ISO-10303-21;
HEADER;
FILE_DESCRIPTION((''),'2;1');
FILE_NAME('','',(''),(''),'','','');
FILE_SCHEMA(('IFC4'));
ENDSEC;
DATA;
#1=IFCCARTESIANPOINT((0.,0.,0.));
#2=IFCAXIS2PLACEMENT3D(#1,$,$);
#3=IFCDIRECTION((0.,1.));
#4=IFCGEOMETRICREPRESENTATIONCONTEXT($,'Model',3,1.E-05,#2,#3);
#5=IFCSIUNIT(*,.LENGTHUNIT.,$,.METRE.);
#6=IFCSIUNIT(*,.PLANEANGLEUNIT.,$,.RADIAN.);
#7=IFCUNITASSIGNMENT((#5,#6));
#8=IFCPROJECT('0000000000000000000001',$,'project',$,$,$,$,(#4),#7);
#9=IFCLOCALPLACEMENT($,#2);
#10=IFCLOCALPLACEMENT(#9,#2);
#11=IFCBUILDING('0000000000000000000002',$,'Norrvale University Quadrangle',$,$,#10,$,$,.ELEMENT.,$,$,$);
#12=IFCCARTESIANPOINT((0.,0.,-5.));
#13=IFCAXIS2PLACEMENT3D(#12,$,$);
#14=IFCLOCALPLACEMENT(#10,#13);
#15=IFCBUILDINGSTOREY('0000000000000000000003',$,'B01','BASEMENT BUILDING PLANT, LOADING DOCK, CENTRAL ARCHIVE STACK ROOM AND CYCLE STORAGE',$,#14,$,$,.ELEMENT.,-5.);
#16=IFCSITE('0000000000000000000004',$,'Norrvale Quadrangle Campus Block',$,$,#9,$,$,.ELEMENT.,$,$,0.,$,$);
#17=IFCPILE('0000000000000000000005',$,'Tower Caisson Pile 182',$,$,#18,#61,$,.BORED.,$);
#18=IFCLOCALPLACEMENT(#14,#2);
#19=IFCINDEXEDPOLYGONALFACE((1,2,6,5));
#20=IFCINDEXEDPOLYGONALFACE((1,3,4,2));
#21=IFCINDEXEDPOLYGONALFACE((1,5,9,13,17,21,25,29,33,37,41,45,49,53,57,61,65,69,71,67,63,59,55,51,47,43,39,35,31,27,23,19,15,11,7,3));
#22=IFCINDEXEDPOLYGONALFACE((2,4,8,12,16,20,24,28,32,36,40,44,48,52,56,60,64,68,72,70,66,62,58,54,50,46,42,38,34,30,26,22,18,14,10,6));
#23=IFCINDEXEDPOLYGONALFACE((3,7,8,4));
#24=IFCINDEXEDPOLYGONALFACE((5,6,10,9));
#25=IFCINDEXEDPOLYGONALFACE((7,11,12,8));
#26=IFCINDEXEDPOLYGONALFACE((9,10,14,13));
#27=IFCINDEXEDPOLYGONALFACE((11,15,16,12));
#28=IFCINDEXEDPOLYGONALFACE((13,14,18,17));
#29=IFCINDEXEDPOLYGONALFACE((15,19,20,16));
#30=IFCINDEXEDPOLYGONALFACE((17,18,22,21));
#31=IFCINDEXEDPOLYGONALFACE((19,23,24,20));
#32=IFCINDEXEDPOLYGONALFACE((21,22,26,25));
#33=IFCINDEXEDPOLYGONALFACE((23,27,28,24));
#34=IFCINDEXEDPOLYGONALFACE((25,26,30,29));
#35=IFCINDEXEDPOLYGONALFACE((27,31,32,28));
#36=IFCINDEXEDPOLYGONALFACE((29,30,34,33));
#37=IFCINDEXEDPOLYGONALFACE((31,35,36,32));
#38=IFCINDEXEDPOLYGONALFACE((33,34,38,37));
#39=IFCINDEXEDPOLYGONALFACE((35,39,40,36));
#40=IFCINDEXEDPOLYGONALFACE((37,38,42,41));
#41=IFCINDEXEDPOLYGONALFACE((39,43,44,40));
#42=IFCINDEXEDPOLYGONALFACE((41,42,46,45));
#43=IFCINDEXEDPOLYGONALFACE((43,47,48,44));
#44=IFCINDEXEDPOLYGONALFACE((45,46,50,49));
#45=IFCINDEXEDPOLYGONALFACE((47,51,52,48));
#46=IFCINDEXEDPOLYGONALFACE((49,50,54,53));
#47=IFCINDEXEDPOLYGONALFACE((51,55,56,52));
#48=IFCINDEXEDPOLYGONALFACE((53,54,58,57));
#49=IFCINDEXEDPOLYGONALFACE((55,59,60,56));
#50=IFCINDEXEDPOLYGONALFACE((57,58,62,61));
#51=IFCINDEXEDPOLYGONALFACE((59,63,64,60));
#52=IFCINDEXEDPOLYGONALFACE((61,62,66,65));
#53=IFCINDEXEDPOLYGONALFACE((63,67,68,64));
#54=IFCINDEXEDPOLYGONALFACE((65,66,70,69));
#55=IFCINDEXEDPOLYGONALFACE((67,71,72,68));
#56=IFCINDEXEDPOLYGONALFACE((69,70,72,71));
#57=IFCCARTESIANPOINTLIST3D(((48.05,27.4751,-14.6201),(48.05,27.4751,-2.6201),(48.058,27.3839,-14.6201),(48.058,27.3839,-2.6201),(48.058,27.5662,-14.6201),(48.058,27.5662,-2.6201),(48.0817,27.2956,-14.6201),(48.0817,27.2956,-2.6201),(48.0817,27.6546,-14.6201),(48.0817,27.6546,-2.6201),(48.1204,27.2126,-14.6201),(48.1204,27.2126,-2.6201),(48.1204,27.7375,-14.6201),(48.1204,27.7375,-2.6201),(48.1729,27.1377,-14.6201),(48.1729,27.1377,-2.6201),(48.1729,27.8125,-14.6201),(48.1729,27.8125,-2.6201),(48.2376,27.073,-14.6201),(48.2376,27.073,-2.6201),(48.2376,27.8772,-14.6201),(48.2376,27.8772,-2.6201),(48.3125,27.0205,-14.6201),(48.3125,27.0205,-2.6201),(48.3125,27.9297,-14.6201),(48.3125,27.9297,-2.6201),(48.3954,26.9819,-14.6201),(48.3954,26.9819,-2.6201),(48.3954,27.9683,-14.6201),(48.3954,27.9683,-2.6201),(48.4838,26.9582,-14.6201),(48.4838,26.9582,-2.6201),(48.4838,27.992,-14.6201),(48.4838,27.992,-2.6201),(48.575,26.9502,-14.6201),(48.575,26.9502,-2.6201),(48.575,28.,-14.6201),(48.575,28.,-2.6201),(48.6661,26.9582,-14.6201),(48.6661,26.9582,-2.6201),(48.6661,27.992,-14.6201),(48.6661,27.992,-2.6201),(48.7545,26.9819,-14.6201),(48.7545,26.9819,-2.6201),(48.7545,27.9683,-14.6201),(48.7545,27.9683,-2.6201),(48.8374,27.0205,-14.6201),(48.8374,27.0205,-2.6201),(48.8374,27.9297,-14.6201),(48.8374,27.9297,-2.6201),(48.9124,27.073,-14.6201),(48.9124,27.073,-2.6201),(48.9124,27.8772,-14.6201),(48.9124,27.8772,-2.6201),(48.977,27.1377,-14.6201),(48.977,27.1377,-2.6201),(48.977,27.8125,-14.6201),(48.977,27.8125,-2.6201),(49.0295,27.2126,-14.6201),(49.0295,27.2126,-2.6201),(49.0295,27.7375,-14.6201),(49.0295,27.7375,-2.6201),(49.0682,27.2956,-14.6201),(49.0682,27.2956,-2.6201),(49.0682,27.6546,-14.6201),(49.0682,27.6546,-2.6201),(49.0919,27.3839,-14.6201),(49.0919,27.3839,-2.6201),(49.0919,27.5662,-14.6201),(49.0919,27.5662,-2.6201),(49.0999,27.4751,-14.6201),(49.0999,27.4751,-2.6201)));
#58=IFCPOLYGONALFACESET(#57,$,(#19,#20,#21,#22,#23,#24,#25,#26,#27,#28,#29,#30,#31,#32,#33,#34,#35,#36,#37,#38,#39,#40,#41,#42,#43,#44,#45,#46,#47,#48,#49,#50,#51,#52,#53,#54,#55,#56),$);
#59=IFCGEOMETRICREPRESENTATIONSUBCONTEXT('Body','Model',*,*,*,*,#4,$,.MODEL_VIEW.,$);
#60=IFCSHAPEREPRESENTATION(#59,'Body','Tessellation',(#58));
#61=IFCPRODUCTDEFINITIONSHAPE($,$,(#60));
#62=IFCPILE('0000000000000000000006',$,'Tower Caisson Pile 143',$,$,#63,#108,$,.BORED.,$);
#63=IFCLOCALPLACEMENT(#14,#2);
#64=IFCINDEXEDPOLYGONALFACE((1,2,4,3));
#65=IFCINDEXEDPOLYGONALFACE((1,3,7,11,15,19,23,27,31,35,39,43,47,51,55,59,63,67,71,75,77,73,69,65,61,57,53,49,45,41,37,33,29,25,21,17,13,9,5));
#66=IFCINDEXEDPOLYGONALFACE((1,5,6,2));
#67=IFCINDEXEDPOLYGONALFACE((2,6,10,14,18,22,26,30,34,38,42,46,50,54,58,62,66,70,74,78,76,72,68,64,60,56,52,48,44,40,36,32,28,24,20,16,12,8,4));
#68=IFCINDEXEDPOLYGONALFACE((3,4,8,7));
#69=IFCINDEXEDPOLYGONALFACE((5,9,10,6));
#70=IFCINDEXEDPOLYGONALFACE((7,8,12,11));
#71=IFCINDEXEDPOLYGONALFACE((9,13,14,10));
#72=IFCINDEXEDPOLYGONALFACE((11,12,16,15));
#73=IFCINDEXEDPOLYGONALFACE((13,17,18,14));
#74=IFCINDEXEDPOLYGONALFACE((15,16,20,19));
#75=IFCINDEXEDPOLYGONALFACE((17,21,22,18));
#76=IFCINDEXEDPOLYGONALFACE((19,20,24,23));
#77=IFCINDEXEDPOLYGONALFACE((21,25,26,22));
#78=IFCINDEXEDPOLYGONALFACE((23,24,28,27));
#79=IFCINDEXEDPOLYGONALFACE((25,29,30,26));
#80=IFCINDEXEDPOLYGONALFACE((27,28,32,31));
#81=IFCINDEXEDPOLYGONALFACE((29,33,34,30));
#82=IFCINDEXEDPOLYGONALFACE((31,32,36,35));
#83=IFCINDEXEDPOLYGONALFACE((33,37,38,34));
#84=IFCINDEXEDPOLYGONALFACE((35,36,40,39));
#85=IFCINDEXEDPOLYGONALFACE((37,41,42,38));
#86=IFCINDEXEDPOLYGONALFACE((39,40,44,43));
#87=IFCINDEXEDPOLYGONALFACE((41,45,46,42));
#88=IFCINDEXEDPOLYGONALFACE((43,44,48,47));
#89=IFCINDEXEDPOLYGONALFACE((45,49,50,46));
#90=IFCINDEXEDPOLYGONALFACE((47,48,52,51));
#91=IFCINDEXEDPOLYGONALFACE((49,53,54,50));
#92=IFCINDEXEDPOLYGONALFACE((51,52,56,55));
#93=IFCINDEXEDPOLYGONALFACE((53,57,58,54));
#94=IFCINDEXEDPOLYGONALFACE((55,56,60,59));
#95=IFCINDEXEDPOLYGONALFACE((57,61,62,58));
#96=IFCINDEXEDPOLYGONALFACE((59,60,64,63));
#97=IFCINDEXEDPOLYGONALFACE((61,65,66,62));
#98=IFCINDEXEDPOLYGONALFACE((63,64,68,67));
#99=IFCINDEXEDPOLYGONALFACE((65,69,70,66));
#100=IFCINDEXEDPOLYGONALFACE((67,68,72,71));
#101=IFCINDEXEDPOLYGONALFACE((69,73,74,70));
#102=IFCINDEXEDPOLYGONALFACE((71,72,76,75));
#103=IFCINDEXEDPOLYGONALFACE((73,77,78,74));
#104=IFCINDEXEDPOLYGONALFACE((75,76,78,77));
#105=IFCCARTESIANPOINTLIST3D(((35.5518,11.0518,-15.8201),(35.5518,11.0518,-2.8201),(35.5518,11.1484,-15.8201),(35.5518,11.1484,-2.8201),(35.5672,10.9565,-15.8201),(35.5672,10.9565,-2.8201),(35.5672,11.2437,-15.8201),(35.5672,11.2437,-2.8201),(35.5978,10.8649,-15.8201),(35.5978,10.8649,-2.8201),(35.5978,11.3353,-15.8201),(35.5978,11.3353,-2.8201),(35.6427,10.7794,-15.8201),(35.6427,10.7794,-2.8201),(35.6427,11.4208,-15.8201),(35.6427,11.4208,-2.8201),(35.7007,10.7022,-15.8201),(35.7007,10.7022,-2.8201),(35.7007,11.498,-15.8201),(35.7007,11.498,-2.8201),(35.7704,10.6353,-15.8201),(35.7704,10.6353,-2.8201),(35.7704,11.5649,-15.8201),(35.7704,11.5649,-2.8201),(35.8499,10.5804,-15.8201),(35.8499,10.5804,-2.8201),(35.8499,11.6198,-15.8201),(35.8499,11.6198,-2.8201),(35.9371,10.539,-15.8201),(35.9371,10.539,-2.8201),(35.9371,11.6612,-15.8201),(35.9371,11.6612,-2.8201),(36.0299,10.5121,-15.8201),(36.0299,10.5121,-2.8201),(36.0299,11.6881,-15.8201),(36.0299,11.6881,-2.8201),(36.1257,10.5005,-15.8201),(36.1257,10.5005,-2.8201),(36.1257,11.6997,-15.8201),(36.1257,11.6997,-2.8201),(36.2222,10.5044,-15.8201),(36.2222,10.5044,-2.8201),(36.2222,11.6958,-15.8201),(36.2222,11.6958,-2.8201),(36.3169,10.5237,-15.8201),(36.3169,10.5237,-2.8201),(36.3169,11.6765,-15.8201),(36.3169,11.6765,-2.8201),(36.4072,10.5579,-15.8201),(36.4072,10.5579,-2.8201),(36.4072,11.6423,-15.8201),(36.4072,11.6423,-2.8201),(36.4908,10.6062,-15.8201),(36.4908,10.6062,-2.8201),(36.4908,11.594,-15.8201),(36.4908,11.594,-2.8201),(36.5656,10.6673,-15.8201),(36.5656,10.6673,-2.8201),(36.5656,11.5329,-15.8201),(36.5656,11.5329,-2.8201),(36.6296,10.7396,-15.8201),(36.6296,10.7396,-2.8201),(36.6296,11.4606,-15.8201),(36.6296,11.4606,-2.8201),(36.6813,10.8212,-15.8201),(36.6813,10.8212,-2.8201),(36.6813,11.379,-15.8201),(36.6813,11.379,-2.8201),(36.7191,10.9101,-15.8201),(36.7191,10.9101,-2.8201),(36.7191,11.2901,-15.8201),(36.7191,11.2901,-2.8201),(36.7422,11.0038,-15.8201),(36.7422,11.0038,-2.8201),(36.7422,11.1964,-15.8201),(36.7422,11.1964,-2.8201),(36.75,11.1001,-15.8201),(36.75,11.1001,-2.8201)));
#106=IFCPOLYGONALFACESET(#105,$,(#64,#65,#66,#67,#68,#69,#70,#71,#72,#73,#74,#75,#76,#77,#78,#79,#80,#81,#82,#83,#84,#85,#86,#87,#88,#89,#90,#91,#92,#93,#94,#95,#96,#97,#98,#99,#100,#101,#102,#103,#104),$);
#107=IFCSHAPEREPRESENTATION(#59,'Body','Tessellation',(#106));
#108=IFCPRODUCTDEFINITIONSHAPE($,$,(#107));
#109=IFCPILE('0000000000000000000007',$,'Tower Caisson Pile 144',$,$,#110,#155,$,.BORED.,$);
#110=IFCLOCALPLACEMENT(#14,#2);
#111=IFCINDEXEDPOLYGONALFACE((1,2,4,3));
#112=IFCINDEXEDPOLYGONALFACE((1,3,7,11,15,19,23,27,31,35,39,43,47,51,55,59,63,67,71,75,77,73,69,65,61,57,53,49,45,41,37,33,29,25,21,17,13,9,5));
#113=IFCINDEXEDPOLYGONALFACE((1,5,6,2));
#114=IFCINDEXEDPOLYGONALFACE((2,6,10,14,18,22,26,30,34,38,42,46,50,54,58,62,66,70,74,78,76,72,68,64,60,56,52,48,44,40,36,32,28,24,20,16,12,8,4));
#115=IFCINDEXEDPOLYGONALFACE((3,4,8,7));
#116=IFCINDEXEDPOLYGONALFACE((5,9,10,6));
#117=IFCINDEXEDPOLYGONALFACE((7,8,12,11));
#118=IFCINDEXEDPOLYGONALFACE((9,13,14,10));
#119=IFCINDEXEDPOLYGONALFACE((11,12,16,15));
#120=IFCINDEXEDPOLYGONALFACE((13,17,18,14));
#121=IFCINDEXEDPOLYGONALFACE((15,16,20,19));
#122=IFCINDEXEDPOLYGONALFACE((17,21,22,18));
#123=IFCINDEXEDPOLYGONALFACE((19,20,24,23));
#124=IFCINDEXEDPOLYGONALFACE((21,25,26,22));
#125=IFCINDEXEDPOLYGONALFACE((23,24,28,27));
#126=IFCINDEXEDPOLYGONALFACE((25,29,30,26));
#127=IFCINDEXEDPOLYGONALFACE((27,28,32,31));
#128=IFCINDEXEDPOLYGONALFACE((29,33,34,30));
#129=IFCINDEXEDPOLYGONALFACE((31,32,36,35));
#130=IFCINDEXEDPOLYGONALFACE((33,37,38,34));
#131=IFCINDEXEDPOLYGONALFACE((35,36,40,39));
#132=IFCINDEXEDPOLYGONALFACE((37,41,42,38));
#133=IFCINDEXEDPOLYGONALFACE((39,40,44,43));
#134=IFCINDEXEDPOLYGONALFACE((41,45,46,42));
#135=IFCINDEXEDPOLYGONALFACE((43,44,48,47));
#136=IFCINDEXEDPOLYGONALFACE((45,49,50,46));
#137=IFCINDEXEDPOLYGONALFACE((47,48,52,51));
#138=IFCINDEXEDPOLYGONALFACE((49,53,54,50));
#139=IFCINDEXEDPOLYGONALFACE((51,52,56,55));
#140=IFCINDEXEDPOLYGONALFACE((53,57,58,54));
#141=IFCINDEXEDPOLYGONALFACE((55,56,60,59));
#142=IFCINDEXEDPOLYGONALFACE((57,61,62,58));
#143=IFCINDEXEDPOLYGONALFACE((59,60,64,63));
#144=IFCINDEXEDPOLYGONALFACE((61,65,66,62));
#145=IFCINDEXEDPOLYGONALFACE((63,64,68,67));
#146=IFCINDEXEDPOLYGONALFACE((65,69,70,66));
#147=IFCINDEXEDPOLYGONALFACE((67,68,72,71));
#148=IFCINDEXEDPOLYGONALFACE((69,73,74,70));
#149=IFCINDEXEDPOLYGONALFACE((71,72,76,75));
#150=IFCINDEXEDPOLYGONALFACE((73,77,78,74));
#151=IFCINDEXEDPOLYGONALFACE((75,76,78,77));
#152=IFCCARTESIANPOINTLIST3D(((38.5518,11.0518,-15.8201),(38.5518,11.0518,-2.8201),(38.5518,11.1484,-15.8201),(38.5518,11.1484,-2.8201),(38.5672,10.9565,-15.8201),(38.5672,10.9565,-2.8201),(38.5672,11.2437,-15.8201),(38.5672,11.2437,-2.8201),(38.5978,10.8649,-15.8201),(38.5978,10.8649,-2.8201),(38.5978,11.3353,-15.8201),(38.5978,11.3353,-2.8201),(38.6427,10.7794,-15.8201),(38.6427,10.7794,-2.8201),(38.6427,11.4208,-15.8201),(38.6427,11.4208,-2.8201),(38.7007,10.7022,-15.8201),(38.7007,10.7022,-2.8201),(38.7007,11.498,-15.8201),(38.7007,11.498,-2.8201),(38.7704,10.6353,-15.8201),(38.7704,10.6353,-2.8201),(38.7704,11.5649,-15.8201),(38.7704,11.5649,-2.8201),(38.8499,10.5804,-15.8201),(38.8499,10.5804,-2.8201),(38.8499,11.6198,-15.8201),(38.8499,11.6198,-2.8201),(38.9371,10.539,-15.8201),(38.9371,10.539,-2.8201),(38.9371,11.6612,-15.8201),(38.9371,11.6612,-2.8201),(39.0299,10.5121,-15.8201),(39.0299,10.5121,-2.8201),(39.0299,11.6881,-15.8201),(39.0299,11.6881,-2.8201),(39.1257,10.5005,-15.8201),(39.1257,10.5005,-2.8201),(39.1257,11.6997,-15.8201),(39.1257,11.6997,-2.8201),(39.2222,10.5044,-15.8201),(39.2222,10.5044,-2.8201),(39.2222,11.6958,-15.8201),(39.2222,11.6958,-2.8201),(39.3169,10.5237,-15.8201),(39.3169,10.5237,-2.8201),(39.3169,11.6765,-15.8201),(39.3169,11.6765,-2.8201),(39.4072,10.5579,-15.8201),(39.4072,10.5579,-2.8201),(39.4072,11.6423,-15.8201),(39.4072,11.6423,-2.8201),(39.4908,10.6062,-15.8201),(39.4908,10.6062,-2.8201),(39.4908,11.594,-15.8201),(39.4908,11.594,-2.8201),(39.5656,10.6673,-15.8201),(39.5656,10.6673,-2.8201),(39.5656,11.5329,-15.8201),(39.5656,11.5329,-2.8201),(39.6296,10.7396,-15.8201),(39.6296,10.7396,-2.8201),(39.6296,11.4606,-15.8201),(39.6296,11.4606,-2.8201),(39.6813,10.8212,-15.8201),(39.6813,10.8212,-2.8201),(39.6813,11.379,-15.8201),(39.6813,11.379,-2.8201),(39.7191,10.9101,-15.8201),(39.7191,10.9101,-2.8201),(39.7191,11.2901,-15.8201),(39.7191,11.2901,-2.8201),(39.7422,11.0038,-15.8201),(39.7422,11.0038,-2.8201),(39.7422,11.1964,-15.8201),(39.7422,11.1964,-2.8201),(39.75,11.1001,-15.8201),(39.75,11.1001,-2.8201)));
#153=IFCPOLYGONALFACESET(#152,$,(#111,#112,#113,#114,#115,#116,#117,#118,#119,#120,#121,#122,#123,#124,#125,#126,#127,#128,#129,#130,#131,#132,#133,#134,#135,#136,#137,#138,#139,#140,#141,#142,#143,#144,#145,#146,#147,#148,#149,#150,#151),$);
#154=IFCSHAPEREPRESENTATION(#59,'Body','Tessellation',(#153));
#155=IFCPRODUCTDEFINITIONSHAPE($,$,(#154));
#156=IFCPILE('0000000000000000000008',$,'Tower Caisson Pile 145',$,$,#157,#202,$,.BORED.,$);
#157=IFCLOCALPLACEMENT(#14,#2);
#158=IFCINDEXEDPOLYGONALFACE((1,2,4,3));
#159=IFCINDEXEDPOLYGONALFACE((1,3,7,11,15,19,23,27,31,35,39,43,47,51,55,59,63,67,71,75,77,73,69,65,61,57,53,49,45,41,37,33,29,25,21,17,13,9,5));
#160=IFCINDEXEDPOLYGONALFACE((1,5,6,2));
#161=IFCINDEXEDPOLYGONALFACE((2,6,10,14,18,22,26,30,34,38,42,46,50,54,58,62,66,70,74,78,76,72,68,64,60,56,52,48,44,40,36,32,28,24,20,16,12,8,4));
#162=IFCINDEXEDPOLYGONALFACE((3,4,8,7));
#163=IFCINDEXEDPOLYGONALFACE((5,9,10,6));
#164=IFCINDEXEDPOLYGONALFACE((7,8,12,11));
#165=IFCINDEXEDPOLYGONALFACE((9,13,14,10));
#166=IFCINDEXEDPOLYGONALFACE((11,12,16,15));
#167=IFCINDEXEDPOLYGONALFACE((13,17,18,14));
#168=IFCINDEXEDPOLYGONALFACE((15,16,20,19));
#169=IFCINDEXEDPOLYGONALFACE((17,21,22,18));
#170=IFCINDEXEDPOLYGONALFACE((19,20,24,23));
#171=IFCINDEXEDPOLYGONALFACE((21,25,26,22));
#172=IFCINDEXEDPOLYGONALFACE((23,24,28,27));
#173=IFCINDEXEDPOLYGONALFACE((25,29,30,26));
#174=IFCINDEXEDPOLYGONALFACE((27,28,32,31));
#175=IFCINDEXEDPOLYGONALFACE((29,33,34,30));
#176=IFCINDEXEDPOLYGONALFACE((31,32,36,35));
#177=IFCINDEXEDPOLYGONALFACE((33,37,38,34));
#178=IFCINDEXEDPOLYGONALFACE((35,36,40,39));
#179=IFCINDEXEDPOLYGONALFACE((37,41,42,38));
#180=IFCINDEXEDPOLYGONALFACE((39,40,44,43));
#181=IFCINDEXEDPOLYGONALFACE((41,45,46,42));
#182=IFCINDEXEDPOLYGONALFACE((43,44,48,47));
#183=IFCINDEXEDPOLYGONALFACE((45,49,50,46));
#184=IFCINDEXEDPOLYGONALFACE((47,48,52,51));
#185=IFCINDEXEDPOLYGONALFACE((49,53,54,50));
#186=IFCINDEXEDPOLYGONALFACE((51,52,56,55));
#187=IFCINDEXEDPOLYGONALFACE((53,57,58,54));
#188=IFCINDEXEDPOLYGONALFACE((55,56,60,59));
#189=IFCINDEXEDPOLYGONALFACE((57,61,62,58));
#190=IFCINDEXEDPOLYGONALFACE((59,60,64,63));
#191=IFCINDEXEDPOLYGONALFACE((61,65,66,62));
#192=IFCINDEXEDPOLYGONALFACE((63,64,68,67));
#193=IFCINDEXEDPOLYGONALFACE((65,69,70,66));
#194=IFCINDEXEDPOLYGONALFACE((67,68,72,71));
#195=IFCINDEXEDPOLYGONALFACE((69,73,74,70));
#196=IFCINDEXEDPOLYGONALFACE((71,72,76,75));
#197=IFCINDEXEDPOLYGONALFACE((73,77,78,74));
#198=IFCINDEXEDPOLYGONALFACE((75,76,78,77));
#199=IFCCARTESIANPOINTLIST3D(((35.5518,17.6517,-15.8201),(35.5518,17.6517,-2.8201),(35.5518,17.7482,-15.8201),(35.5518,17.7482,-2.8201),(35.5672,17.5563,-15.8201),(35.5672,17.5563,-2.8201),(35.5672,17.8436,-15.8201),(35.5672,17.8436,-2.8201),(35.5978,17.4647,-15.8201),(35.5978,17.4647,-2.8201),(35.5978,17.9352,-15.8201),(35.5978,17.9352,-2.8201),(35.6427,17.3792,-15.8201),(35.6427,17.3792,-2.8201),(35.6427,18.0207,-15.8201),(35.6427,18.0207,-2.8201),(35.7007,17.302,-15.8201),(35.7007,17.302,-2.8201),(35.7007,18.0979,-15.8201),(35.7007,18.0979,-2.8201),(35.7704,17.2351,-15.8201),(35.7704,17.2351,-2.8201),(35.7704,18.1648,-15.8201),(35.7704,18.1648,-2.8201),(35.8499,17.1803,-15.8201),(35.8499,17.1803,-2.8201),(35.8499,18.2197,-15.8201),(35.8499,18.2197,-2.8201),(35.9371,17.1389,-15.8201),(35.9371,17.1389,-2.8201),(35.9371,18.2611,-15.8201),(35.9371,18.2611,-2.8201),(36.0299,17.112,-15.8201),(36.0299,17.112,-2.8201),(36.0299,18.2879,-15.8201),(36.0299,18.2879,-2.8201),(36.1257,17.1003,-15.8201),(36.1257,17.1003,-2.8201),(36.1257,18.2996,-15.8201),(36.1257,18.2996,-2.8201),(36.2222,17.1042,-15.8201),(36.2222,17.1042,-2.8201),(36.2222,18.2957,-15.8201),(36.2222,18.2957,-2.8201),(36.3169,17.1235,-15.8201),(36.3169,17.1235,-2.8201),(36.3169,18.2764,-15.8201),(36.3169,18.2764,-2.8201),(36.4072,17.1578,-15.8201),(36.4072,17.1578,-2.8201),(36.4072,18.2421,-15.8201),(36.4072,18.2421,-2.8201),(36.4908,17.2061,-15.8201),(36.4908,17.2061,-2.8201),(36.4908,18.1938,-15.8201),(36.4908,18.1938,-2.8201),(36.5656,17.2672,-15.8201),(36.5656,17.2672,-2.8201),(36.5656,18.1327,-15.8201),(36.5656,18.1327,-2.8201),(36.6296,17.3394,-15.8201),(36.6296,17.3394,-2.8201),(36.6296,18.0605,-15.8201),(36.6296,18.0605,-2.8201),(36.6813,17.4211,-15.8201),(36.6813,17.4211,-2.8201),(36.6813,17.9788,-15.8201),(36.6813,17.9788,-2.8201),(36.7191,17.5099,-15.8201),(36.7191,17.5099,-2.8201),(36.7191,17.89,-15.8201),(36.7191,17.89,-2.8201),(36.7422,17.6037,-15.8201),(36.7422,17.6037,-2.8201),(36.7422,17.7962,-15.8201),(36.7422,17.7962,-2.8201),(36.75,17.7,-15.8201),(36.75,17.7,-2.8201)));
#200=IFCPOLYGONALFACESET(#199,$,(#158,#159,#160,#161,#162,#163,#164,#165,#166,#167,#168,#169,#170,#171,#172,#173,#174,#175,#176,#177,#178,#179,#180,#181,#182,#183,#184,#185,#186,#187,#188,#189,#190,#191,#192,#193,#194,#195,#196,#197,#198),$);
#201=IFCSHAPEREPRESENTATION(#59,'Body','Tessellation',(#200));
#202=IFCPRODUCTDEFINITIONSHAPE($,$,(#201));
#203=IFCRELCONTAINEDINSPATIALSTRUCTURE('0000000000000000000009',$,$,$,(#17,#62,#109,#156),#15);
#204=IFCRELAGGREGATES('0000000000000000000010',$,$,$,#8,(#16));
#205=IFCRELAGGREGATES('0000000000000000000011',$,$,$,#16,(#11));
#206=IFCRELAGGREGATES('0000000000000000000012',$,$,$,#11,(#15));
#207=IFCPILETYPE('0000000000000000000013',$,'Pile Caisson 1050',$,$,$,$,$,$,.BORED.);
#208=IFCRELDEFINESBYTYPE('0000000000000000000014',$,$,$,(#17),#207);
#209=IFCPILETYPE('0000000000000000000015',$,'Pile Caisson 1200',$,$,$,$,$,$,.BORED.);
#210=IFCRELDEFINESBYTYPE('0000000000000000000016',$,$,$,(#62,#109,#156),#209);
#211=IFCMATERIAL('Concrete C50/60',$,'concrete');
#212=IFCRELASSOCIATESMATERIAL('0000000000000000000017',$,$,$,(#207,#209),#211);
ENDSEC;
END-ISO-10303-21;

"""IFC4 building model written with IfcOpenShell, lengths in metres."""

from ifc_helpers import new_model, si_unit, direction, frame, origin, origin_2d, place, context, subcontext, project, spatial, circle, extrude, material, material_profile, profile_set, type_object, element, save


model = new_model("IFC4")

# Units and contexts
model_context = context("Model", 3, precision=1e-05, world=origin(), true_north=direction((0.0, 1.0)))
body_context = subcontext(model_context, "Body", "Model", "MODEL_VIEW")
ifc_project = project(units=[si_unit("LENGTHUNIT", "METRE"), si_unit("PLANEANGLEUNIT", "RADIAN")], contexts=[model_context])

# Site, building, storey
site_placement = place(None, origin())
site = spatial("IfcSite", under=ifc_project, at=site_placement, Name="Norrvale Quadrangle Campus Block", CompositionType="ELEMENT", RefElevation=0.0)
building_placement = place(site_placement, origin())
building = spatial("IfcBuilding", under=site, at=building_placement, Name="Norrvale University Quadrangle", CompositionType="ELEMENT")
storey_placement = place(building_placement, frame((0.0, 0.0, -5.0)))
storey = spatial("IfcBuildingStorey", under=building, at=storey_placement, Name="B01", Description="BASEMENT BUILDING PLANT, LOADING DOCK, CENTRAL ARCHIVE STACK ROOM AND CYCLE STORAGE", CompositionType="ELEMENT", Elevation=-5.0)

# Shared definitions
ifc_material_1 = material(Name="Concrete C50/60", Category="concrete")

# Piles
ifc_material_profile_1 = material_profile(ifc_material_1, circle(Radius=0.5249, at=origin_2d()), Name="Concrete C50/60")
ifc_profile_set_1 = profile_set([ifc_material_profile_1], Name="Concrete C50/60")
pile_type_1 = type_object("IfcPileType", Name="Pile Caisson 1050", PredefinedType="BORED", material=ifc_profile_set_1)
for number, where, z_axis, x_axis, name in (
    (1, (48.575, 27.4751, -2.6201), (0.0, 0.0, -1.0), (1.0, 0.0, 0.0), "Tower Caisson Pile 182"),
):
    element("IfcPile", number, at=place(storey_placement, frame(where, z_axis=z_axis, x_axis=x_axis)), inside=storey, type_object=pile_type_1, Name=name, PredefinedType="BORED", context=body_context, shape_type="SweptSolid", body=[
        extrude(circle(Radius=0.5249, at=origin_2d()), origin(), (0.0, 0.0, 1.0), 12.0),
    ])
ifc_material_profile_2 = material_profile(ifc_material_1, circle(Radius=0.6001, at=origin_2d()), Name="Concrete C50/60")
ifc_profile_set_2 = profile_set([ifc_material_profile_2], Name="Concrete C50/60")
pile_type_2 = type_object("IfcPileType", Name="Pile Caisson 1200", PredefinedType="BORED", material=ifc_profile_set_2)
for number, where, z_axis, x_axis, name in (
    (2, (36.1499, 11.1001, -2.8201), (0.0, 0.0, -1.0), (1.0, 0.0, 0.0), "Tower Caisson Pile 143"),
    (3, (39.1499, 11.1001, -2.8201), (0.0, 0.0, -1.0), (1.0, 0.0, 0.0), "Tower Caisson Pile 144"),
    (4, (36.1499, 17.7, -2.8201), (0.0, 0.0, -1.0), (1.0, 0.0, 0.0), "Tower Caisson Pile 145"),
):
    element("IfcPile", number, at=place(storey_placement, frame(where, z_axis=z_axis, x_axis=x_axis)), inside=storey, type_object=pile_type_2, Name=name, PredefinedType="BORED", context=body_context, shape_type="SweptSolid", body=[
        extrude(circle(Radius=0.6001, at=origin_2d()), origin(), (0.0, 0.0, 1.0), 13.0),
    ])

save(model, "model.ifc")
